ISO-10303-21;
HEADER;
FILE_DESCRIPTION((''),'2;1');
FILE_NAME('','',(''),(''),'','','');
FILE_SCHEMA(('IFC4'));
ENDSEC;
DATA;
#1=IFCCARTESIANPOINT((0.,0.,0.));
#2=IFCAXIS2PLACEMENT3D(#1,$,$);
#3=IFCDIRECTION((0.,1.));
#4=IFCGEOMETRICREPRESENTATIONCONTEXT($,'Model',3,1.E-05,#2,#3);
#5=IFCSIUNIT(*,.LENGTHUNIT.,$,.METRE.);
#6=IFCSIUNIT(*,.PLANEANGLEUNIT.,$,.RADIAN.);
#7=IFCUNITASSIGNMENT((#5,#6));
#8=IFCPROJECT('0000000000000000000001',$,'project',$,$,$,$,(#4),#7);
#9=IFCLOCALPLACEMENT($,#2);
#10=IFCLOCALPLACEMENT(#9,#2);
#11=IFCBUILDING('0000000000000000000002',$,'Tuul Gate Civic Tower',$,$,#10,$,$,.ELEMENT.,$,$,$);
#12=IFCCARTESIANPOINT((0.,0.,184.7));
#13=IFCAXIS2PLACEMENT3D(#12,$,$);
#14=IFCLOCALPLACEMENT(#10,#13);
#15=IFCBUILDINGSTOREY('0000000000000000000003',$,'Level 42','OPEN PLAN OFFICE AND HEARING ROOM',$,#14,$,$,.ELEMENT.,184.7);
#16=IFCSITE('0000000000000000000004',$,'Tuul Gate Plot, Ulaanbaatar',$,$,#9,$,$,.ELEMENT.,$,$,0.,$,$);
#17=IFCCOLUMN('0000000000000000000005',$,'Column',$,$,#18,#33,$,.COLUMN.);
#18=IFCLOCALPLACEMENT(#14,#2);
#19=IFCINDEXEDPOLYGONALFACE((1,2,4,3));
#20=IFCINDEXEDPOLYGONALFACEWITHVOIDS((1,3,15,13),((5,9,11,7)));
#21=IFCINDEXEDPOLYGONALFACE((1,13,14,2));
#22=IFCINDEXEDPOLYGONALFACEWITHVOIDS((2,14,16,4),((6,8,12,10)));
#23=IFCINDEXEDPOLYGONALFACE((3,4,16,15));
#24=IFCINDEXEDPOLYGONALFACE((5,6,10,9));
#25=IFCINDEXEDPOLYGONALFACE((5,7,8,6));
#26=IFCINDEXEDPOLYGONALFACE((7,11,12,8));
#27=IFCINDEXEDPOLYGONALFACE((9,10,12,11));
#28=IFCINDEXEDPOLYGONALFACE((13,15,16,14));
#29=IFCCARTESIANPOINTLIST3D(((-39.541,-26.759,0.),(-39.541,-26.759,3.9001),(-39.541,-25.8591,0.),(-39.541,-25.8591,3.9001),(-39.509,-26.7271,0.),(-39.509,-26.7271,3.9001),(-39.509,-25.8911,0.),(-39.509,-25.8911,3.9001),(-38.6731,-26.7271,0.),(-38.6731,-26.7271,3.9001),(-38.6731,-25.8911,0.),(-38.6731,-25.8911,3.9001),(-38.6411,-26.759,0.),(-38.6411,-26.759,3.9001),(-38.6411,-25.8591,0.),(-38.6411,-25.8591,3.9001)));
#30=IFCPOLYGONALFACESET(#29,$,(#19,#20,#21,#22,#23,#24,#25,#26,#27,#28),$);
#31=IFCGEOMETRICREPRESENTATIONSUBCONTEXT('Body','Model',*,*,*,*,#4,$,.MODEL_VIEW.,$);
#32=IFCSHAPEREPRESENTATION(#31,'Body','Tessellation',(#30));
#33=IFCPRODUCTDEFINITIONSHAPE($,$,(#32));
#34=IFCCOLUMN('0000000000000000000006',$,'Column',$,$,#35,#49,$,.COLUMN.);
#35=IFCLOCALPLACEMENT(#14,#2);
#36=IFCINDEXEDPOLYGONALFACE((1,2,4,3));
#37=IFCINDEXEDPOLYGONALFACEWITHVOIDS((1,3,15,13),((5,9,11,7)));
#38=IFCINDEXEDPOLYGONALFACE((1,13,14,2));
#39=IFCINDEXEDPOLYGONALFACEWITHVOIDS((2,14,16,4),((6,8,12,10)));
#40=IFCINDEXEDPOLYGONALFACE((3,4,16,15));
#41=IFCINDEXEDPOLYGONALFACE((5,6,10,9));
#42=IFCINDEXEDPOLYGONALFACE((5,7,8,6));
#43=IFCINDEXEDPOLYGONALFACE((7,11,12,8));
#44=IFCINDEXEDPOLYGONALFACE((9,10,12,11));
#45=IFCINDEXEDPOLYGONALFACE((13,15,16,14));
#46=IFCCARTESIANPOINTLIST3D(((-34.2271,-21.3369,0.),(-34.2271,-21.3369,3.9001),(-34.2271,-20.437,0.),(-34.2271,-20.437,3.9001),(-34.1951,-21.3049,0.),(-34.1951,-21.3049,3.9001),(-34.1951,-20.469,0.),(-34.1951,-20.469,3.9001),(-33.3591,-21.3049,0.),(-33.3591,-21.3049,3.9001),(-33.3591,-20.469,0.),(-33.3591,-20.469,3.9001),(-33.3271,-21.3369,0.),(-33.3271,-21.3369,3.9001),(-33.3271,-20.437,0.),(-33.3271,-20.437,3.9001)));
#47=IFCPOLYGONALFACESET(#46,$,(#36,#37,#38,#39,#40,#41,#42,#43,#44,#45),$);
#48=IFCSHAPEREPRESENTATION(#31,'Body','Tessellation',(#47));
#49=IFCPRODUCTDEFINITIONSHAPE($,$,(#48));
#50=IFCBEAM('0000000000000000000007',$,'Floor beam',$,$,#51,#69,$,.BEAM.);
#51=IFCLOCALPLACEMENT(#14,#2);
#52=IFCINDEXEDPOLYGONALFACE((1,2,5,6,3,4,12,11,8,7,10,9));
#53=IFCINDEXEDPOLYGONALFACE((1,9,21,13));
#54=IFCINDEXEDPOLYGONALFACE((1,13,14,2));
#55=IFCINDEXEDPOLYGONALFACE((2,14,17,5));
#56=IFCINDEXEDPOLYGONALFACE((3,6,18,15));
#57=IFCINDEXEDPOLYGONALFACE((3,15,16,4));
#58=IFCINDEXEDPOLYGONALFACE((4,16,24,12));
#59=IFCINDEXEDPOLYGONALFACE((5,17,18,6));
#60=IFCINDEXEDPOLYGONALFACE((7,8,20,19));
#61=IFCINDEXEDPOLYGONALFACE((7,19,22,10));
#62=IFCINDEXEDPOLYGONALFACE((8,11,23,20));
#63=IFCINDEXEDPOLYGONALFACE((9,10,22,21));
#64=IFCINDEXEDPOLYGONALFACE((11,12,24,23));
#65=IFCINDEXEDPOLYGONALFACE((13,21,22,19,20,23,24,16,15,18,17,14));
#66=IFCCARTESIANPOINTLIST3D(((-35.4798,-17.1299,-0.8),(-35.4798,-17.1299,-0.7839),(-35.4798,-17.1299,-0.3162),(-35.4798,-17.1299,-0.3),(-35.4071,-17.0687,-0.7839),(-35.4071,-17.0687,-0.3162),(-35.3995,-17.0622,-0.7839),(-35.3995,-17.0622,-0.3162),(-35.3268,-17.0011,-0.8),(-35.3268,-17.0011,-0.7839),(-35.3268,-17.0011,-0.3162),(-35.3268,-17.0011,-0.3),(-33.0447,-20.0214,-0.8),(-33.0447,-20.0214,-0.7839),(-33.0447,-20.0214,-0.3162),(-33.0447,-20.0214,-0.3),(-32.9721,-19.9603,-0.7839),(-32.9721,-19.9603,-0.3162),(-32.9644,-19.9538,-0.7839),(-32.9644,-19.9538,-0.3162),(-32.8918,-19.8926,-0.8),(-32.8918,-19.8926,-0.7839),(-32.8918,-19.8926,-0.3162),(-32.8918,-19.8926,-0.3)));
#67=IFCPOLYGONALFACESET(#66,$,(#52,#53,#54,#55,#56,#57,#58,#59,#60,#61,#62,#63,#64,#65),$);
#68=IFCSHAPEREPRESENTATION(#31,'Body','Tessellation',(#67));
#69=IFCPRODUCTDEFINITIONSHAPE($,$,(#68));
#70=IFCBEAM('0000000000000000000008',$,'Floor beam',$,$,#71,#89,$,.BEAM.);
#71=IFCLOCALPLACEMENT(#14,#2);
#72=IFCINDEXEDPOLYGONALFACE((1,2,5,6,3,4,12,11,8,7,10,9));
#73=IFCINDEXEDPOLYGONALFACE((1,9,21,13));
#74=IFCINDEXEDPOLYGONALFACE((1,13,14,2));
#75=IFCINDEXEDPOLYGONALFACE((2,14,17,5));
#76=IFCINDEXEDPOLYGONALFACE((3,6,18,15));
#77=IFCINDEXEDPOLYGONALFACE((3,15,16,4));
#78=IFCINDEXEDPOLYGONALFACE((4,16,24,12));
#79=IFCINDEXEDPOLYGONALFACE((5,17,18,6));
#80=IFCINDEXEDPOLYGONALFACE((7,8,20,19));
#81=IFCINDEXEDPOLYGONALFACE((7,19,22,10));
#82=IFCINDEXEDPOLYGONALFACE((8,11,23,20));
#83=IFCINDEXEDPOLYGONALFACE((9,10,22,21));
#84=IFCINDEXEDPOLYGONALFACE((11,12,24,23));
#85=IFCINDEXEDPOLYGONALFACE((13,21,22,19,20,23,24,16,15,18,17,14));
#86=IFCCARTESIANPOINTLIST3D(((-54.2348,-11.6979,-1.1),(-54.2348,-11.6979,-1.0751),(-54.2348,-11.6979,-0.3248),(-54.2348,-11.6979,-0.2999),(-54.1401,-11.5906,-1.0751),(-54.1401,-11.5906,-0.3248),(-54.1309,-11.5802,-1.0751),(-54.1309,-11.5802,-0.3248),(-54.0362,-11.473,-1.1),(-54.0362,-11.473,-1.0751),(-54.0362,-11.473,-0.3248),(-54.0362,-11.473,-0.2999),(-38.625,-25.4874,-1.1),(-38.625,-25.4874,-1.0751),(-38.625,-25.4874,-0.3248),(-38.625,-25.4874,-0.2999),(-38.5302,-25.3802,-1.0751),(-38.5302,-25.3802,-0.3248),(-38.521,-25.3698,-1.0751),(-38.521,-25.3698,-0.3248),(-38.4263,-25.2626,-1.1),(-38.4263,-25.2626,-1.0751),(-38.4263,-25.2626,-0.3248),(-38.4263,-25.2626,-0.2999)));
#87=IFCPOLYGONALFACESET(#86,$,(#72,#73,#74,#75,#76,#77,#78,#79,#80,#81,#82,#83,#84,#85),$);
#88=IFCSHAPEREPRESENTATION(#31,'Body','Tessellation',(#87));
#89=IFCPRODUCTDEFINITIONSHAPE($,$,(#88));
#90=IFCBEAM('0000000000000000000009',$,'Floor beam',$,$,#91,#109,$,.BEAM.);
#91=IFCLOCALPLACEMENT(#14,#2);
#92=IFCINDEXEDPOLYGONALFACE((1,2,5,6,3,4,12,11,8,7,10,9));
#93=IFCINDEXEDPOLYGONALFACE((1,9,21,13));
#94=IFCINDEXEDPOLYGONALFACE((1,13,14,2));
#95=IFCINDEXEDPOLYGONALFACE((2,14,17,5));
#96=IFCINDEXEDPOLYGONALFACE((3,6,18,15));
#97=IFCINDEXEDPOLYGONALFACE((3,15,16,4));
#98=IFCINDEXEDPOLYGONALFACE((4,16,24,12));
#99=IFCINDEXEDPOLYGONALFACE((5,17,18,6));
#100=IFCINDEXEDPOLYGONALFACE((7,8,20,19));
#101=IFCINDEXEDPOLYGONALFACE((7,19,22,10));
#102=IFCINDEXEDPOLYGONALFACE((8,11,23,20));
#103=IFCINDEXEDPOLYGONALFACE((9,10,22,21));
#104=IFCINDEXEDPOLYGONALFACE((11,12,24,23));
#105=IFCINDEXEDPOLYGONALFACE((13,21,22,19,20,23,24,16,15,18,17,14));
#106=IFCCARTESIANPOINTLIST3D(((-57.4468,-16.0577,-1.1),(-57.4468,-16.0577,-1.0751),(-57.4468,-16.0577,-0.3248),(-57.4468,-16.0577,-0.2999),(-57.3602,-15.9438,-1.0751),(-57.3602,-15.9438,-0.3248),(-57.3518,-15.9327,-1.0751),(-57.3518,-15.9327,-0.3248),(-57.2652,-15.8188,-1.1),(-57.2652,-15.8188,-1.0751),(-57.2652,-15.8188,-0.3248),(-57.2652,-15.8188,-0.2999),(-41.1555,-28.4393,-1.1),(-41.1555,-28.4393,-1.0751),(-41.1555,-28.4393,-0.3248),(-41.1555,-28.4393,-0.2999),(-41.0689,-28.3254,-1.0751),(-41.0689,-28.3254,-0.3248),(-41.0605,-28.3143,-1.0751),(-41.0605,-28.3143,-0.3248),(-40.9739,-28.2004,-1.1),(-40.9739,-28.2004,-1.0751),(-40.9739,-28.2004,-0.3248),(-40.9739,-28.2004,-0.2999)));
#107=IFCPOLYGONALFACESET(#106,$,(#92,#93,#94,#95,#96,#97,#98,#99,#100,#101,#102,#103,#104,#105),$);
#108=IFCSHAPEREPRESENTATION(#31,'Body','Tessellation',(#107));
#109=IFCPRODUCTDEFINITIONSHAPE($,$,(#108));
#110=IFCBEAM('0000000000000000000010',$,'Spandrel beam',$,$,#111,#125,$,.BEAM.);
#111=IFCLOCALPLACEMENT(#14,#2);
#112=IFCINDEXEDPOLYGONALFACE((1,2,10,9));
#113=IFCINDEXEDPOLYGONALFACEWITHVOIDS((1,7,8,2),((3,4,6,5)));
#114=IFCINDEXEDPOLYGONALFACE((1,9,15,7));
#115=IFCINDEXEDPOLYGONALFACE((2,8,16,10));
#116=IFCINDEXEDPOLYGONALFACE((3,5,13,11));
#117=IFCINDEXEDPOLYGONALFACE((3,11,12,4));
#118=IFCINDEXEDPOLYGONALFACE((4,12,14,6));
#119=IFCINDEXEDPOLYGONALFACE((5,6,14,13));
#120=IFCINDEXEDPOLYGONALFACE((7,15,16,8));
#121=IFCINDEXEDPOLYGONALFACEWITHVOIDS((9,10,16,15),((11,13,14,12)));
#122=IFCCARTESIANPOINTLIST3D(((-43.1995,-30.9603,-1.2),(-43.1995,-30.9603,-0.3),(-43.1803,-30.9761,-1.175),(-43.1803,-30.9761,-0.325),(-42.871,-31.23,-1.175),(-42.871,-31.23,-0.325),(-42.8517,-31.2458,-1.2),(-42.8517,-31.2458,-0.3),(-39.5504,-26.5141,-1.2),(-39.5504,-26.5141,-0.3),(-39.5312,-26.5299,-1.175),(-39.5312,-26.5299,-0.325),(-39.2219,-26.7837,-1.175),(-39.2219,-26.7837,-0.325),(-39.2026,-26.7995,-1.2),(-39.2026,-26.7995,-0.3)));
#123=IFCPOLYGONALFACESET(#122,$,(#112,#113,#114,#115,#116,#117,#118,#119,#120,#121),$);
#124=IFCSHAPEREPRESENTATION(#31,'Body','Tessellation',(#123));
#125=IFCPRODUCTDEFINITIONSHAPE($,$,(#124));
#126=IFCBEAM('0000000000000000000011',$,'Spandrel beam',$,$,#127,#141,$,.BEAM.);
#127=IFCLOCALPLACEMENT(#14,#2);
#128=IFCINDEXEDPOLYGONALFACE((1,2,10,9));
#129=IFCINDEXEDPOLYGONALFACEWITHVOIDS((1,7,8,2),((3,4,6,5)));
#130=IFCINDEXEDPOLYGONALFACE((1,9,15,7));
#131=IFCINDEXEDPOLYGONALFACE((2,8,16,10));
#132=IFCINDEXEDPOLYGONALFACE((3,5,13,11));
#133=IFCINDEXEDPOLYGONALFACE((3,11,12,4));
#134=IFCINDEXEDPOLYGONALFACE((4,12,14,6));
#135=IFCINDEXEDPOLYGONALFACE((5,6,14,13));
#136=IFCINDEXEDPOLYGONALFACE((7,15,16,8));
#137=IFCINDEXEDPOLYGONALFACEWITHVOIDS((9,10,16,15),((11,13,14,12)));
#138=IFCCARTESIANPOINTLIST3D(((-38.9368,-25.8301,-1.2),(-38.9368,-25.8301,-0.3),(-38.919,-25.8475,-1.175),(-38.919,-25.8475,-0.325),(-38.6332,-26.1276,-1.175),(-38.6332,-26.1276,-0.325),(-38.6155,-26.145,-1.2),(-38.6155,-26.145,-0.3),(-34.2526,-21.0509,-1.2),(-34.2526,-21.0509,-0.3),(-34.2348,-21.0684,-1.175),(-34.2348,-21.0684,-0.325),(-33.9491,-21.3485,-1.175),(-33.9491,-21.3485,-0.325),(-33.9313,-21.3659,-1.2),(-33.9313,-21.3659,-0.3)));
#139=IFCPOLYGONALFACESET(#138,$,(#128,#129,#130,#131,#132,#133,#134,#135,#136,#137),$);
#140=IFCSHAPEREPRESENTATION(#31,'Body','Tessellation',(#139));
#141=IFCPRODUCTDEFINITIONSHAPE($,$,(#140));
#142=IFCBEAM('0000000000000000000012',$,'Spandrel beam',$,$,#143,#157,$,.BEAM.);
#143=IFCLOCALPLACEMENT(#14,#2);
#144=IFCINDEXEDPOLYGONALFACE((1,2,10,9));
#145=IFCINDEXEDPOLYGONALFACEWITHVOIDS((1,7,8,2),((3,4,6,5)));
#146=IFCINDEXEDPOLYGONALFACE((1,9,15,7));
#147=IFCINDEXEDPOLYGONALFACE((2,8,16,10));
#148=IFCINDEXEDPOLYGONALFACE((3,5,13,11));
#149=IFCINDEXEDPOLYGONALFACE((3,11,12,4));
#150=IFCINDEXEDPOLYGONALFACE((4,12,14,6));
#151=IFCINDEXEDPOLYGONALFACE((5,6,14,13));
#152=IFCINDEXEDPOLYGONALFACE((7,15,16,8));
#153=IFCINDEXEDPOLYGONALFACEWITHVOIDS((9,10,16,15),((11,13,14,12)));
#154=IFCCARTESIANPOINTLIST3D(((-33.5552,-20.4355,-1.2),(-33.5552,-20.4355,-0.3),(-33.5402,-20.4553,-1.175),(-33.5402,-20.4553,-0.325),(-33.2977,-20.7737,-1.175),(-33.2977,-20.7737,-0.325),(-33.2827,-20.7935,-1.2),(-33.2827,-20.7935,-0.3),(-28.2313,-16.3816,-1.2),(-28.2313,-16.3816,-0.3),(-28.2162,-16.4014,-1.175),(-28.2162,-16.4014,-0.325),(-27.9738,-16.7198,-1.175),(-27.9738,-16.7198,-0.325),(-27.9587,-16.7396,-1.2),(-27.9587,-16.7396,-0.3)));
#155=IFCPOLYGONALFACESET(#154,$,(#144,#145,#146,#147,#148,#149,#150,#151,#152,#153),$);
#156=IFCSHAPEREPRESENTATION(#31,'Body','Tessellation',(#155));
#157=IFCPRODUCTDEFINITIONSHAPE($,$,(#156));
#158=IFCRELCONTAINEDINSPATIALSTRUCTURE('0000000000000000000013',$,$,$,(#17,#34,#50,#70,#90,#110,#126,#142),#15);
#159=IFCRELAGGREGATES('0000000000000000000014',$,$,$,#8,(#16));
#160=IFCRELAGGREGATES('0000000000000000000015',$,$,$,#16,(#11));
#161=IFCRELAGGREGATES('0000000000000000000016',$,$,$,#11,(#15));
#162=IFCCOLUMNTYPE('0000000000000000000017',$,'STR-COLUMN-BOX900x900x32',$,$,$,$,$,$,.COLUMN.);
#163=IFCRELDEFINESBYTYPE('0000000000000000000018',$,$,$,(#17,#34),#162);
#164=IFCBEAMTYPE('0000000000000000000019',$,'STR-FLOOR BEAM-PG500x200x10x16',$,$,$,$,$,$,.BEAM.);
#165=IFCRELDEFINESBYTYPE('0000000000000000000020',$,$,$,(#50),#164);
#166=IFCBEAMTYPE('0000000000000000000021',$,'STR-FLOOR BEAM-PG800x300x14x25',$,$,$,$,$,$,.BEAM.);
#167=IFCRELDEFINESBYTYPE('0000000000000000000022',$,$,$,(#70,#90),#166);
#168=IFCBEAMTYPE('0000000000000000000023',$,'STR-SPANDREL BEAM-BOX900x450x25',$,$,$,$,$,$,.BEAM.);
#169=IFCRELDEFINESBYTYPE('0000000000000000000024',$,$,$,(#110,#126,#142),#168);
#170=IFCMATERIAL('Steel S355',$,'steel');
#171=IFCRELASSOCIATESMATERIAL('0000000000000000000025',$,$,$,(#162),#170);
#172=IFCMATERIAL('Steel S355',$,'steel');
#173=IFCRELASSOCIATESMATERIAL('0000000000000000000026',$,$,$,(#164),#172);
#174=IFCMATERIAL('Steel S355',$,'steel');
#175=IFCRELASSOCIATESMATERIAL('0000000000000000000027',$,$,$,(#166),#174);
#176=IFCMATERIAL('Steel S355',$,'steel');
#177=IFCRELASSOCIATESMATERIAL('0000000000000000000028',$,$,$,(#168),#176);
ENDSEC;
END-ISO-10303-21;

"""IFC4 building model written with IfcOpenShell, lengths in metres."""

from ifc_helpers import new_model, si_unit, direction, frame, origin, origin_2d, place, context, subcontext, project, spatial, hollow_rectangle, i_section, extrude, material, material_profile, profile_set, type_object, element, save


model = new_model("IFC4")

# Units and contexts
model_context = context("Model", 3, precision=1e-05, world=origin(), true_north=direction((0.0, 1.0)))
body_context = subcontext(model_context, "Body", "Model", "MODEL_VIEW")
ifc_project = project(units=[si_unit("LENGTHUNIT", "METRE"), si_unit("PLANEANGLEUNIT", "RADIAN")], contexts=[model_context])

# Site, building, storey
site_placement = place(None, origin())
site = spatial("IfcSite", under=ifc_project, at=site_placement, Name="Tuul Gate Plot, Ulaanbaatar", CompositionType="ELEMENT", RefElevation=0.0)
building_placement = place(site_placement, origin())
building = spatial("IfcBuilding", under=site, at=building_placement, Name="Tuul Gate Civic Tower", CompositionType="ELEMENT")
storey_placement = place(building_placement, frame((0.0, 0.0, 184.7)))
storey = spatial("IfcBuildingStorey", under=building, at=storey_placement, Name="Level 42", Description="OPEN PLAN OFFICE AND HEARING ROOM", CompositionType="ELEMENT", Elevation=184.7)

# Columns
ifc_material_1 = material(Name="Steel S355", Category="steel")
ifc_material_profile_1 = material_profile(ifc_material_1, hollow_rectangle(XDim=0.8999, YDim=0.8999, WallThickness=0.032, at=origin_2d()), Name="BOX900x900x32")
ifc_profile_set_1 = profile_set([ifc_material_profile_1], Name="Steel S355")
column_type = type_object("IfcColumnType", Name="STR-COLUMN-BOX900x900x32", PredefinedType="COLUMN", material=ifc_profile_set_1)
for number, where, z_axis, x_axis, name in (
    (1, (-39.0911, -26.3091, 0.0), (0.0, 0.0, 1.0), (1.0, 0.0, 0.0), "Column"),
    (2, (-33.7771, -20.887, 0.0), (0.0, 0.0, 1.0), (1.0, 0.0, 0.0), "Column"),
):
    element("IfcColumn", number, at=place(storey_placement, frame(where, z_axis=z_axis, x_axis=x_axis)), inside=storey, type_object=column_type, Name=name, PredefinedType="COLUMN", context=body_context, shape_type="SweptSolid", body=[
        extrude(hollow_rectangle(XDim=0.8999, YDim=0.8999, WallThickness=0.032, at=origin_2d()), origin(), (0.0, 0.0, 1.0), 3.9001),
    ])

# Beams
ifc_material_2 = material(Name="Steel S355", Category="steel")
ifc_material_profile_2 = material_profile(ifc_material_2, i_section(OverallWidth=0.2, OverallDepth=0.5, WebThickness=0.01, FlangeThickness=0.0161, at=origin_2d()), Name="PG500x200x10x16")
ifc_profile_set_2 = profile_set([ifc_material_profile_2], Name="Steel S355")
beam_type_1 = type_object("IfcBeamType", Name="STR-FLOOR BEAM-PG500x200x10x16", PredefinedType="BEAM", material=ifc_profile_set_2)
beam_1_placement = place(storey_placement, frame((-32.9683, -19.957, -0.55), z_axis=(-0.64414, 0.764908, 0.0), x_axis=(-0.764908, -0.64414, 0.0)))
element("IfcBeam", 3, at=beam_1_placement, inside=storey, type_object=beam_type_1, Name="Floor beam", PredefinedType="BEAM", context=body_context, shape_type="SweptSolid", body=[
    extrude(i_section(OverallWidth=0.2, OverallDepth=0.5, WebThickness=0.01, FlangeThickness=0.0161, at=origin_2d()), origin(), (0.0, 0.0, 1.0), 3.7803),
])
ifc_material_3 = material(Name="Steel S355", Category="steel")
ifc_material_profile_3 = material_profile(ifc_material_3, i_section(OverallWidth=0.3, OverallDepth=0.8, WebThickness=0.0139, FlangeThickness=0.0249, at=origin_2d()), Name="PG800x300x14x25")
ifc_profile_set_3 = profile_set([ifc_material_profile_3], Name="Steel S355")
beam_type_2 = type_object("IfcBeamType", Name="STR-FLOOR BEAM-PG800x300x14x25", PredefinedType="BEAM", material=ifc_profile_set_3)
beam_2_placement = place(storey_placement, frame((-38.5256, -25.375, -0.7), z_axis=(-0.749453, 0.662057, 0.0), x_axis=(-0.662057, -0.749453, 0.0)))
element("IfcBeam", 4, at=beam_2_placement, inside=storey, type_object=beam_type_2, Name="Floor beam", PredefinedType="BEAM", context=body_context, shape_type="SweptSolid", body=[
    extrude(i_section(OverallWidth=0.3, OverallDepth=0.8, WebThickness=0.0139, FlangeThickness=0.0249, at=origin_2d()), origin(), (0.0, 0.0, 1.0), 20.8284),
])
beam_3_placement = place(storey_placement, frame((-41.0647, -28.3198, -0.7), z_axis=(-0.796157, 0.605091, 0.0), x_axis=(-0.605091, -0.796157, 0.0)))
element("IfcBeam", 5, at=beam_3_placement, inside=storey, type_object=beam_type_2, Name="Floor beam", PredefinedType="BEAM", context=body_context, shape_type="SweptSolid", body=[
    extrude(i_section(OverallWidth=0.3, OverallDepth=0.8, WebThickness=0.0139, FlangeThickness=0.0249, at=origin_2d()), origin(), (0.0, 0.0, 1.0), 20.4624),
])
ifc_material_4 = material(Name="Steel S355", Category="steel")
ifc_material_profile_4 = material_profile(ifc_material_4, hollow_rectangle(XDim=0.45, YDim=0.8999, WallThickness=0.0249, at=origin_2d()), Name="BOX900x450x25")
ifc_profile_set_4 = profile_set([ifc_material_profile_4], Name="Steel S355")
beam_type_3 = type_object("IfcBeamType", Name="STR-SPANDREL BEAM-BOX900x450x25", PredefinedType="BEAM", material=ifc_profile_set_4)
beam_4_placement = place(storey_placement, frame((-43.0256, -31.103, -0.75), z_axis=(0.634414, 0.772994, 0.0), x_axis=(-0.772994, 0.634414, 0.0)))
element("IfcBeam", 6, at=beam_4_placement, inside=storey, type_object=beam_type_3, Name="Spandrel beam", PredefinedType="BEAM", context=body_context, shape_type="SweptSolid", body=[
    extrude(hollow_rectangle(XDim=0.45, YDim=0.8999, WallThickness=0.0249, at=origin_2d()), origin(), (0.0, 0.0, 1.0), 5.752),
])
beam_5_placement = place(storey_placement, frame((-38.7761, -25.9875, -0.75), z_axis=(0.699975, 0.714167, 0.0), x_axis=(-0.714167, 0.699975, 0.0)))
element("IfcBeam", 7, at=beam_5_placement, inside=storey, type_object=beam_type_3, Name="Spandrel beam", PredefinedType="BEAM", context=body_context, shape_type="SweptSolid", body=[
    extrude(hollow_rectangle(XDim=0.45, YDim=0.8999, WallThickness=0.0249, at=origin_2d()), origin(), (0.0, 0.0, 1.0), 6.6919),
])
beam_6_placement = place(storey_placement, frame((-33.4189, -20.6145, -0.75), z_axis=(0.795605, 0.605816, 0.0), x_axis=(-0.605816, 0.795605, 0.0)))
element("IfcBeam", 8, at=beam_6_placement, inside=storey, type_object=beam_type_3, Name="Spandrel beam", PredefinedType="BEAM", context=body_context, shape_type="SweptSolid", body=[
    extrude(hollow_rectangle(XDim=0.45, YDim=0.8999, WallThickness=0.0249, at=origin_2d()), origin(), (0.0, 0.0, 1.0), 6.6917),
])

save(model, "model.ifc")
